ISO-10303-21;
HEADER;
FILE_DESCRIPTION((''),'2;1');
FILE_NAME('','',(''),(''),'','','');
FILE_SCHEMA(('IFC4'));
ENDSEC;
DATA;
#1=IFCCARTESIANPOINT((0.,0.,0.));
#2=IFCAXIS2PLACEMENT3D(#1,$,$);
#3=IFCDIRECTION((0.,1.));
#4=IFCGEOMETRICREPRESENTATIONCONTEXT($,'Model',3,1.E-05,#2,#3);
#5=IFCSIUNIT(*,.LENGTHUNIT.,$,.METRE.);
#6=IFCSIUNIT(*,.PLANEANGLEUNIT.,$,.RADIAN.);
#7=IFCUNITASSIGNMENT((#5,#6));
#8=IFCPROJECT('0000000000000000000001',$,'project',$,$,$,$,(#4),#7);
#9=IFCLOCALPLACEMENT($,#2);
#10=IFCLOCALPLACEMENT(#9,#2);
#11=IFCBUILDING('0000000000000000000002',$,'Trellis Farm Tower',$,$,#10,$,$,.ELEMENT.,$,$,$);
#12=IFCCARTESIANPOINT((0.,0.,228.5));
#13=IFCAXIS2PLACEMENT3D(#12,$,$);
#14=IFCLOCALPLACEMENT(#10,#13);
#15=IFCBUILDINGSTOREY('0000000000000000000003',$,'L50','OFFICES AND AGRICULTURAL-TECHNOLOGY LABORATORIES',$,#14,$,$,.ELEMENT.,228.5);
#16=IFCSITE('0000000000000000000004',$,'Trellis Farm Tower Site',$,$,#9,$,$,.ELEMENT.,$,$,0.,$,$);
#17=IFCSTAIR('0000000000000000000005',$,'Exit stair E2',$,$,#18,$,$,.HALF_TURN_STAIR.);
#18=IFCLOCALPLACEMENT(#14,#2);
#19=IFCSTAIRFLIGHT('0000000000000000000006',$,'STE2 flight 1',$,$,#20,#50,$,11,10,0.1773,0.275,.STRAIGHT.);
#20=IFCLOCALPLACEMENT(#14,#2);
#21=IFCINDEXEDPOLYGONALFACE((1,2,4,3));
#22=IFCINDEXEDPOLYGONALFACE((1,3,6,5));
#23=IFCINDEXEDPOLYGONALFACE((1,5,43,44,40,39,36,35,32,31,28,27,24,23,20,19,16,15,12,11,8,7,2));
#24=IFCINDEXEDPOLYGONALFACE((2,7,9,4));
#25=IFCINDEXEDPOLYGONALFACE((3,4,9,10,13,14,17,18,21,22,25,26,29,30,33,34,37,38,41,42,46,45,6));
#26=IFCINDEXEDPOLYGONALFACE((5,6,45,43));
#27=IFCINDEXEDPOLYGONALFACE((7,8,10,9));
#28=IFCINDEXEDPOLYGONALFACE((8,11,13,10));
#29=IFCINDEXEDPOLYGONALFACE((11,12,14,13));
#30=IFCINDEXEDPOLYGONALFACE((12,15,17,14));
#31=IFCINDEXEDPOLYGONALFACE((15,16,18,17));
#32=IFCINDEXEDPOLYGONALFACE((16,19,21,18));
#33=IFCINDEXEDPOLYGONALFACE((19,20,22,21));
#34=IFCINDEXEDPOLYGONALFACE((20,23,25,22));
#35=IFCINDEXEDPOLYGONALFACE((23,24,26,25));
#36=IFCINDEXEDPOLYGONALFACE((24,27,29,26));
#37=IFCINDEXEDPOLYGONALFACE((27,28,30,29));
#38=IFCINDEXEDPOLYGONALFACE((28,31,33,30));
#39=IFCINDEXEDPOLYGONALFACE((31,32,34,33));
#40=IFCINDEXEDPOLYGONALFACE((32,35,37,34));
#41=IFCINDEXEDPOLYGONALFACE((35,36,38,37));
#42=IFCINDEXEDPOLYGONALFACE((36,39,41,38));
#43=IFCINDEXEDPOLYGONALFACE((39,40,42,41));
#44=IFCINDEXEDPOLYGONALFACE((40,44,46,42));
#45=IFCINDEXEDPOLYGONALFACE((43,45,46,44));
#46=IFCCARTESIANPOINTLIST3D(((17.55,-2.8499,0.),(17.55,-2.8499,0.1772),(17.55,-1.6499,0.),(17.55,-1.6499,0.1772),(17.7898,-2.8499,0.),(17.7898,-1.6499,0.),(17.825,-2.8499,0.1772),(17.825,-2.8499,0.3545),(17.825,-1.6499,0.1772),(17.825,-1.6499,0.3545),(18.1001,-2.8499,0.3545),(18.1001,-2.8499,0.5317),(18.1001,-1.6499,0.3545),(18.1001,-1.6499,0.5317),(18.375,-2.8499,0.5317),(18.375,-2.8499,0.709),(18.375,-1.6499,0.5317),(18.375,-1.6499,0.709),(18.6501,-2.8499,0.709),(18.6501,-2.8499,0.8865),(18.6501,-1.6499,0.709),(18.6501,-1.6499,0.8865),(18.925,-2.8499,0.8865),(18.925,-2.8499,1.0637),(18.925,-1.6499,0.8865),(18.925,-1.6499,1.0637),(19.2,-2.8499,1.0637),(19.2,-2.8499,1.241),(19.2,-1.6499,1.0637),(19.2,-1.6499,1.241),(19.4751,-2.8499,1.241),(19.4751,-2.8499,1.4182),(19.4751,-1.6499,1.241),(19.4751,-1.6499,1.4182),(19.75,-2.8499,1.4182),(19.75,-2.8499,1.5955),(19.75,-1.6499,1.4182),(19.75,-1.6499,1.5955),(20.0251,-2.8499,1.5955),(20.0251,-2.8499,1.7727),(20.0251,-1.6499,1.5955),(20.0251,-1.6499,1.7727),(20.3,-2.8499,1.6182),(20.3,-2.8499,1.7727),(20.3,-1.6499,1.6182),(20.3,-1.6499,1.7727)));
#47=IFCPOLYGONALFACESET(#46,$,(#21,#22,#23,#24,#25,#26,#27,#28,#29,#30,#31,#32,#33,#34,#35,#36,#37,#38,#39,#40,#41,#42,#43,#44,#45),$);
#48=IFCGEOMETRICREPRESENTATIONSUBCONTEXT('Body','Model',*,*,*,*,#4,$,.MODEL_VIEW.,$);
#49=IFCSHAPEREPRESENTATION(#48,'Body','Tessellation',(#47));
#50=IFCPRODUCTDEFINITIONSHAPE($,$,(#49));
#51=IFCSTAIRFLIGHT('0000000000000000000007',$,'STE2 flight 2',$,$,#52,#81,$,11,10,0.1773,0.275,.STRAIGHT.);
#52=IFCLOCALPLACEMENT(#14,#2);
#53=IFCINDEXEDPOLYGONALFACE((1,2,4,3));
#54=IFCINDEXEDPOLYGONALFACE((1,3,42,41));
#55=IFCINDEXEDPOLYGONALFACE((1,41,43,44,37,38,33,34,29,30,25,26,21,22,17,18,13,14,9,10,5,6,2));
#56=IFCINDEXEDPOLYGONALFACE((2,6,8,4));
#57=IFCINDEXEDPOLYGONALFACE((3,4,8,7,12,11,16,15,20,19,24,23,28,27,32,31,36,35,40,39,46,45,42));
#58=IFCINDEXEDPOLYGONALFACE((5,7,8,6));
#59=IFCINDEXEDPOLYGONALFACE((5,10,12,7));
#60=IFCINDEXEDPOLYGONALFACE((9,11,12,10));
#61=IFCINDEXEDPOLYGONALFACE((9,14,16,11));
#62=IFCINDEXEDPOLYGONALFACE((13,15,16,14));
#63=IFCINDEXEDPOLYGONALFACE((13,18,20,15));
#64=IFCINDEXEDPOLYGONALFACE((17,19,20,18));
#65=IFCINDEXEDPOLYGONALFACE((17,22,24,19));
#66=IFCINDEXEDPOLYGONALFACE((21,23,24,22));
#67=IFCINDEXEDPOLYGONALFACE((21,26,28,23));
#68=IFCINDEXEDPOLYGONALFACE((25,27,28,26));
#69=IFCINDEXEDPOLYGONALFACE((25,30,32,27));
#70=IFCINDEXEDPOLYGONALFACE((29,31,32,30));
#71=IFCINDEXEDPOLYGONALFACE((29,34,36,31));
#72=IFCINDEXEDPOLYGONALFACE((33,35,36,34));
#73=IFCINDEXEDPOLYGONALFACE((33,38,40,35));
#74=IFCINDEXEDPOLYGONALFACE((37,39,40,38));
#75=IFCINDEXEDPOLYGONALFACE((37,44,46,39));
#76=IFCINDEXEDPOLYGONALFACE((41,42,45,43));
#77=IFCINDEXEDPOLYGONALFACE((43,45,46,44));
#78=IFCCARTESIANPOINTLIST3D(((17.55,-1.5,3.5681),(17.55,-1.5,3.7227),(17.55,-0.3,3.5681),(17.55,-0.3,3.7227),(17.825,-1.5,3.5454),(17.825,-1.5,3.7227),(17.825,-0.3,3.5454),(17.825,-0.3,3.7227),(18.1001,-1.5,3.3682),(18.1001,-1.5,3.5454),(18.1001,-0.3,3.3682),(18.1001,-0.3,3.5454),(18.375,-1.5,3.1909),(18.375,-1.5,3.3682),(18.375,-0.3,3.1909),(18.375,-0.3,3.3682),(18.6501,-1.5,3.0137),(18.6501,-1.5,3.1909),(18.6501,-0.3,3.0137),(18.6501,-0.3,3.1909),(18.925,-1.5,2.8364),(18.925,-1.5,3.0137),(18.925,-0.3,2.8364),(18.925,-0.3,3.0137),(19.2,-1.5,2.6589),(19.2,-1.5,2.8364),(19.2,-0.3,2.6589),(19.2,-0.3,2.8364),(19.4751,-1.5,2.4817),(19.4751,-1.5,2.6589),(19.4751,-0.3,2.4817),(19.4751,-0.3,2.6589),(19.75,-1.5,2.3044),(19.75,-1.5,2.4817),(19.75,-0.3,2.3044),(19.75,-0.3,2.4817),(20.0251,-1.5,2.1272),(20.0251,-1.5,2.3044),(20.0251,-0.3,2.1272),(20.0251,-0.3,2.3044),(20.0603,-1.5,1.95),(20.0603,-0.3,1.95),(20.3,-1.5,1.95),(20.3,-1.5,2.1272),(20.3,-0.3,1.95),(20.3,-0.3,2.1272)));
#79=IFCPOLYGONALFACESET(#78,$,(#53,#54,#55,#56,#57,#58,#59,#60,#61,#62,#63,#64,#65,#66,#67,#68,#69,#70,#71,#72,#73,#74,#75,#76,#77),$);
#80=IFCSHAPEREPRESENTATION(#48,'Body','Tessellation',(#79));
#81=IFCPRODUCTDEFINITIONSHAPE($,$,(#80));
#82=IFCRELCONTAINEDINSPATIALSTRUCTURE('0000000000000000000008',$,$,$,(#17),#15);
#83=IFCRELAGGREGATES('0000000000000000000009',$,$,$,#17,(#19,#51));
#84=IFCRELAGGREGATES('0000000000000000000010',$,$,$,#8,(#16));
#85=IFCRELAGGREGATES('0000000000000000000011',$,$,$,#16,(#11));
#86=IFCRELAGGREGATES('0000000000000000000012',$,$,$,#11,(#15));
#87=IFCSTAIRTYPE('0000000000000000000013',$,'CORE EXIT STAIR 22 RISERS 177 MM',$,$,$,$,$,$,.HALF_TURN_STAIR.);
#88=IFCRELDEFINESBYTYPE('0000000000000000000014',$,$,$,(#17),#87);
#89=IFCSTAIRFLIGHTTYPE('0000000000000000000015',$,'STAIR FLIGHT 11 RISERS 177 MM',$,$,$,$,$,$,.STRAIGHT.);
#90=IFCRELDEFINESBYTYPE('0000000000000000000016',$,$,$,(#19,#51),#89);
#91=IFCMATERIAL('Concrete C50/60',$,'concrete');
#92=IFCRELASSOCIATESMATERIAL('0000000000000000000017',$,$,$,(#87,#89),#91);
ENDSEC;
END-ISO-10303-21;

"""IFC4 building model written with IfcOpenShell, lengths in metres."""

from ifc_helpers import new_model, si_unit, direction, frame, origin, place, context, subcontext, project, spatial, polyline, outline, extrude, source, transform, mapped, material, type_object, element, aggregate, save


model = new_model("IFC4")

# Units and contexts
model_context = context("Model", 3, precision=1e-05, world=origin(), true_north=direction((0.0, 1.0)))
body_context = subcontext(model_context, "Body", "Model", "MODEL_VIEW")
ifc_project = project(units=[si_unit("LENGTHUNIT", "METRE"), si_unit("PLANEANGLEUNIT", "RADIAN")], contexts=[model_context])

# Site, building, storey
site_placement = place(None, origin())
site = spatial("IfcSite", under=ifc_project, at=site_placement, Name="Trellis Farm Tower Site", CompositionType="ELEMENT", RefElevation=0.0)
building_placement = place(site_placement, origin())
building = spatial("IfcBuilding", under=site, at=building_placement, Name="Trellis Farm Tower", CompositionType="ELEMENT")
storey_placement = place(building_placement, frame((0.0, 0.0, 228.5)))
storey = spatial("IfcBuildingStorey", under=building, at=storey_placement, Name="L50", Description="OFFICES AND AGRICULTURAL-TECHNOLOGY LABORATORIES", CompositionType="ELEMENT", Elevation=228.5)

# Shared definitions
placement = place(storey_placement, origin())

# Shared definitions
ifc_material_1 = material(Name="Concrete C50/60", Category="concrete")
stair_type = type_object("IfcStairType", Name="CORE EXIT STAIR 22 RISERS 177 MM", PredefinedType="HALF_TURN_STAIR", material=ifc_material_1)
stair_flight_type = type_object("IfcStairFlightType", Name="STAIR FLIGHT 11 RISERS 177 MM", PredefinedType="STRAIGHT", material=ifc_material_1)
shared_shape_1 = source(origin(), body_context, "Body", "SweptSolid", [
    extrude(outline(polyline([(0.0, 0.0), (0.0, 0.1772), (0.2749, 0.1772), (0.2749, 0.3545), (0.55, 0.3545), (0.55, 0.5317), (0.825, 0.5317), (0.825, 0.709), (1.1001, 0.709), (1.1001, 0.8865), (1.375, 0.8865), (1.375, 1.0637), (1.6499, 1.0637), (1.6499, 1.241), (1.925, 1.241), (1.925, 1.4182), (2.2, 1.4182), (2.2, 1.5955), (2.4751, 1.5955), (2.4751, 1.7727), (2.75, 1.7727), (2.75, 1.95), (2.75, 1.6182), (0.2397, 0.0), (0.0, 0.0)])), frame((0.0, 0.6001, 0.0), z_axis=(0.0, -1.0, 0.0), x_axis=(1.0, 0.0, 0.0)), (0.0, 0.0, 1.0), 1.2),
])

# Stair, stair flights
stair_1 = element("IfcStair", 1, at=placement, inside=storey, type_object=stair_type, Name="Exit stair E2", PredefinedType="HALF_TURN_STAIR")
stair_flight_1_placement = place(storey_placement, frame((17.55, -2.25, 0.0), z_axis=(0.0, 0.0, 1.0), x_axis=(1.0, 0.0, 0.0)))
stair_flight_1 = element("IfcStairFlight", 2, at=stair_flight_1_placement, type_object=stair_flight_type, Name="STE2 flight 1", NumberOfRisers=11, NumberOfTreads=10, PredefinedType="STRAIGHT", RiserHeight=0.1773, TreadLength=0.275, context=body_context, shape_type="MappedRepresentation", body=[
    mapped(shared_shape_1, transform((0.0, 0.0, 0.0))),
])
stair_flight_2_placement = place(storey_placement, frame((20.3, -0.8999, 1.95), z_axis=(0.0, 0.0, 1.0), x_axis=(-1.0, 0.0, 0.0)))
stair_flight_2 = element("IfcStairFlight", 3, at=stair_flight_2_placement, type_object=stair_flight_type, Name="STE2 flight 2", NumberOfRisers=11, NumberOfTreads=10, PredefinedType="STRAIGHT", RiserHeight=0.1773, TreadLength=0.275, context=body_context, shape_type="MappedRepresentation", body=[
    mapped(shared_shape_1, transform((0.0, 0.0, 0.0))),
])
aggregate(stair_1, [stair_flight_1, stair_flight_2])

save(model, "model.ifc")
